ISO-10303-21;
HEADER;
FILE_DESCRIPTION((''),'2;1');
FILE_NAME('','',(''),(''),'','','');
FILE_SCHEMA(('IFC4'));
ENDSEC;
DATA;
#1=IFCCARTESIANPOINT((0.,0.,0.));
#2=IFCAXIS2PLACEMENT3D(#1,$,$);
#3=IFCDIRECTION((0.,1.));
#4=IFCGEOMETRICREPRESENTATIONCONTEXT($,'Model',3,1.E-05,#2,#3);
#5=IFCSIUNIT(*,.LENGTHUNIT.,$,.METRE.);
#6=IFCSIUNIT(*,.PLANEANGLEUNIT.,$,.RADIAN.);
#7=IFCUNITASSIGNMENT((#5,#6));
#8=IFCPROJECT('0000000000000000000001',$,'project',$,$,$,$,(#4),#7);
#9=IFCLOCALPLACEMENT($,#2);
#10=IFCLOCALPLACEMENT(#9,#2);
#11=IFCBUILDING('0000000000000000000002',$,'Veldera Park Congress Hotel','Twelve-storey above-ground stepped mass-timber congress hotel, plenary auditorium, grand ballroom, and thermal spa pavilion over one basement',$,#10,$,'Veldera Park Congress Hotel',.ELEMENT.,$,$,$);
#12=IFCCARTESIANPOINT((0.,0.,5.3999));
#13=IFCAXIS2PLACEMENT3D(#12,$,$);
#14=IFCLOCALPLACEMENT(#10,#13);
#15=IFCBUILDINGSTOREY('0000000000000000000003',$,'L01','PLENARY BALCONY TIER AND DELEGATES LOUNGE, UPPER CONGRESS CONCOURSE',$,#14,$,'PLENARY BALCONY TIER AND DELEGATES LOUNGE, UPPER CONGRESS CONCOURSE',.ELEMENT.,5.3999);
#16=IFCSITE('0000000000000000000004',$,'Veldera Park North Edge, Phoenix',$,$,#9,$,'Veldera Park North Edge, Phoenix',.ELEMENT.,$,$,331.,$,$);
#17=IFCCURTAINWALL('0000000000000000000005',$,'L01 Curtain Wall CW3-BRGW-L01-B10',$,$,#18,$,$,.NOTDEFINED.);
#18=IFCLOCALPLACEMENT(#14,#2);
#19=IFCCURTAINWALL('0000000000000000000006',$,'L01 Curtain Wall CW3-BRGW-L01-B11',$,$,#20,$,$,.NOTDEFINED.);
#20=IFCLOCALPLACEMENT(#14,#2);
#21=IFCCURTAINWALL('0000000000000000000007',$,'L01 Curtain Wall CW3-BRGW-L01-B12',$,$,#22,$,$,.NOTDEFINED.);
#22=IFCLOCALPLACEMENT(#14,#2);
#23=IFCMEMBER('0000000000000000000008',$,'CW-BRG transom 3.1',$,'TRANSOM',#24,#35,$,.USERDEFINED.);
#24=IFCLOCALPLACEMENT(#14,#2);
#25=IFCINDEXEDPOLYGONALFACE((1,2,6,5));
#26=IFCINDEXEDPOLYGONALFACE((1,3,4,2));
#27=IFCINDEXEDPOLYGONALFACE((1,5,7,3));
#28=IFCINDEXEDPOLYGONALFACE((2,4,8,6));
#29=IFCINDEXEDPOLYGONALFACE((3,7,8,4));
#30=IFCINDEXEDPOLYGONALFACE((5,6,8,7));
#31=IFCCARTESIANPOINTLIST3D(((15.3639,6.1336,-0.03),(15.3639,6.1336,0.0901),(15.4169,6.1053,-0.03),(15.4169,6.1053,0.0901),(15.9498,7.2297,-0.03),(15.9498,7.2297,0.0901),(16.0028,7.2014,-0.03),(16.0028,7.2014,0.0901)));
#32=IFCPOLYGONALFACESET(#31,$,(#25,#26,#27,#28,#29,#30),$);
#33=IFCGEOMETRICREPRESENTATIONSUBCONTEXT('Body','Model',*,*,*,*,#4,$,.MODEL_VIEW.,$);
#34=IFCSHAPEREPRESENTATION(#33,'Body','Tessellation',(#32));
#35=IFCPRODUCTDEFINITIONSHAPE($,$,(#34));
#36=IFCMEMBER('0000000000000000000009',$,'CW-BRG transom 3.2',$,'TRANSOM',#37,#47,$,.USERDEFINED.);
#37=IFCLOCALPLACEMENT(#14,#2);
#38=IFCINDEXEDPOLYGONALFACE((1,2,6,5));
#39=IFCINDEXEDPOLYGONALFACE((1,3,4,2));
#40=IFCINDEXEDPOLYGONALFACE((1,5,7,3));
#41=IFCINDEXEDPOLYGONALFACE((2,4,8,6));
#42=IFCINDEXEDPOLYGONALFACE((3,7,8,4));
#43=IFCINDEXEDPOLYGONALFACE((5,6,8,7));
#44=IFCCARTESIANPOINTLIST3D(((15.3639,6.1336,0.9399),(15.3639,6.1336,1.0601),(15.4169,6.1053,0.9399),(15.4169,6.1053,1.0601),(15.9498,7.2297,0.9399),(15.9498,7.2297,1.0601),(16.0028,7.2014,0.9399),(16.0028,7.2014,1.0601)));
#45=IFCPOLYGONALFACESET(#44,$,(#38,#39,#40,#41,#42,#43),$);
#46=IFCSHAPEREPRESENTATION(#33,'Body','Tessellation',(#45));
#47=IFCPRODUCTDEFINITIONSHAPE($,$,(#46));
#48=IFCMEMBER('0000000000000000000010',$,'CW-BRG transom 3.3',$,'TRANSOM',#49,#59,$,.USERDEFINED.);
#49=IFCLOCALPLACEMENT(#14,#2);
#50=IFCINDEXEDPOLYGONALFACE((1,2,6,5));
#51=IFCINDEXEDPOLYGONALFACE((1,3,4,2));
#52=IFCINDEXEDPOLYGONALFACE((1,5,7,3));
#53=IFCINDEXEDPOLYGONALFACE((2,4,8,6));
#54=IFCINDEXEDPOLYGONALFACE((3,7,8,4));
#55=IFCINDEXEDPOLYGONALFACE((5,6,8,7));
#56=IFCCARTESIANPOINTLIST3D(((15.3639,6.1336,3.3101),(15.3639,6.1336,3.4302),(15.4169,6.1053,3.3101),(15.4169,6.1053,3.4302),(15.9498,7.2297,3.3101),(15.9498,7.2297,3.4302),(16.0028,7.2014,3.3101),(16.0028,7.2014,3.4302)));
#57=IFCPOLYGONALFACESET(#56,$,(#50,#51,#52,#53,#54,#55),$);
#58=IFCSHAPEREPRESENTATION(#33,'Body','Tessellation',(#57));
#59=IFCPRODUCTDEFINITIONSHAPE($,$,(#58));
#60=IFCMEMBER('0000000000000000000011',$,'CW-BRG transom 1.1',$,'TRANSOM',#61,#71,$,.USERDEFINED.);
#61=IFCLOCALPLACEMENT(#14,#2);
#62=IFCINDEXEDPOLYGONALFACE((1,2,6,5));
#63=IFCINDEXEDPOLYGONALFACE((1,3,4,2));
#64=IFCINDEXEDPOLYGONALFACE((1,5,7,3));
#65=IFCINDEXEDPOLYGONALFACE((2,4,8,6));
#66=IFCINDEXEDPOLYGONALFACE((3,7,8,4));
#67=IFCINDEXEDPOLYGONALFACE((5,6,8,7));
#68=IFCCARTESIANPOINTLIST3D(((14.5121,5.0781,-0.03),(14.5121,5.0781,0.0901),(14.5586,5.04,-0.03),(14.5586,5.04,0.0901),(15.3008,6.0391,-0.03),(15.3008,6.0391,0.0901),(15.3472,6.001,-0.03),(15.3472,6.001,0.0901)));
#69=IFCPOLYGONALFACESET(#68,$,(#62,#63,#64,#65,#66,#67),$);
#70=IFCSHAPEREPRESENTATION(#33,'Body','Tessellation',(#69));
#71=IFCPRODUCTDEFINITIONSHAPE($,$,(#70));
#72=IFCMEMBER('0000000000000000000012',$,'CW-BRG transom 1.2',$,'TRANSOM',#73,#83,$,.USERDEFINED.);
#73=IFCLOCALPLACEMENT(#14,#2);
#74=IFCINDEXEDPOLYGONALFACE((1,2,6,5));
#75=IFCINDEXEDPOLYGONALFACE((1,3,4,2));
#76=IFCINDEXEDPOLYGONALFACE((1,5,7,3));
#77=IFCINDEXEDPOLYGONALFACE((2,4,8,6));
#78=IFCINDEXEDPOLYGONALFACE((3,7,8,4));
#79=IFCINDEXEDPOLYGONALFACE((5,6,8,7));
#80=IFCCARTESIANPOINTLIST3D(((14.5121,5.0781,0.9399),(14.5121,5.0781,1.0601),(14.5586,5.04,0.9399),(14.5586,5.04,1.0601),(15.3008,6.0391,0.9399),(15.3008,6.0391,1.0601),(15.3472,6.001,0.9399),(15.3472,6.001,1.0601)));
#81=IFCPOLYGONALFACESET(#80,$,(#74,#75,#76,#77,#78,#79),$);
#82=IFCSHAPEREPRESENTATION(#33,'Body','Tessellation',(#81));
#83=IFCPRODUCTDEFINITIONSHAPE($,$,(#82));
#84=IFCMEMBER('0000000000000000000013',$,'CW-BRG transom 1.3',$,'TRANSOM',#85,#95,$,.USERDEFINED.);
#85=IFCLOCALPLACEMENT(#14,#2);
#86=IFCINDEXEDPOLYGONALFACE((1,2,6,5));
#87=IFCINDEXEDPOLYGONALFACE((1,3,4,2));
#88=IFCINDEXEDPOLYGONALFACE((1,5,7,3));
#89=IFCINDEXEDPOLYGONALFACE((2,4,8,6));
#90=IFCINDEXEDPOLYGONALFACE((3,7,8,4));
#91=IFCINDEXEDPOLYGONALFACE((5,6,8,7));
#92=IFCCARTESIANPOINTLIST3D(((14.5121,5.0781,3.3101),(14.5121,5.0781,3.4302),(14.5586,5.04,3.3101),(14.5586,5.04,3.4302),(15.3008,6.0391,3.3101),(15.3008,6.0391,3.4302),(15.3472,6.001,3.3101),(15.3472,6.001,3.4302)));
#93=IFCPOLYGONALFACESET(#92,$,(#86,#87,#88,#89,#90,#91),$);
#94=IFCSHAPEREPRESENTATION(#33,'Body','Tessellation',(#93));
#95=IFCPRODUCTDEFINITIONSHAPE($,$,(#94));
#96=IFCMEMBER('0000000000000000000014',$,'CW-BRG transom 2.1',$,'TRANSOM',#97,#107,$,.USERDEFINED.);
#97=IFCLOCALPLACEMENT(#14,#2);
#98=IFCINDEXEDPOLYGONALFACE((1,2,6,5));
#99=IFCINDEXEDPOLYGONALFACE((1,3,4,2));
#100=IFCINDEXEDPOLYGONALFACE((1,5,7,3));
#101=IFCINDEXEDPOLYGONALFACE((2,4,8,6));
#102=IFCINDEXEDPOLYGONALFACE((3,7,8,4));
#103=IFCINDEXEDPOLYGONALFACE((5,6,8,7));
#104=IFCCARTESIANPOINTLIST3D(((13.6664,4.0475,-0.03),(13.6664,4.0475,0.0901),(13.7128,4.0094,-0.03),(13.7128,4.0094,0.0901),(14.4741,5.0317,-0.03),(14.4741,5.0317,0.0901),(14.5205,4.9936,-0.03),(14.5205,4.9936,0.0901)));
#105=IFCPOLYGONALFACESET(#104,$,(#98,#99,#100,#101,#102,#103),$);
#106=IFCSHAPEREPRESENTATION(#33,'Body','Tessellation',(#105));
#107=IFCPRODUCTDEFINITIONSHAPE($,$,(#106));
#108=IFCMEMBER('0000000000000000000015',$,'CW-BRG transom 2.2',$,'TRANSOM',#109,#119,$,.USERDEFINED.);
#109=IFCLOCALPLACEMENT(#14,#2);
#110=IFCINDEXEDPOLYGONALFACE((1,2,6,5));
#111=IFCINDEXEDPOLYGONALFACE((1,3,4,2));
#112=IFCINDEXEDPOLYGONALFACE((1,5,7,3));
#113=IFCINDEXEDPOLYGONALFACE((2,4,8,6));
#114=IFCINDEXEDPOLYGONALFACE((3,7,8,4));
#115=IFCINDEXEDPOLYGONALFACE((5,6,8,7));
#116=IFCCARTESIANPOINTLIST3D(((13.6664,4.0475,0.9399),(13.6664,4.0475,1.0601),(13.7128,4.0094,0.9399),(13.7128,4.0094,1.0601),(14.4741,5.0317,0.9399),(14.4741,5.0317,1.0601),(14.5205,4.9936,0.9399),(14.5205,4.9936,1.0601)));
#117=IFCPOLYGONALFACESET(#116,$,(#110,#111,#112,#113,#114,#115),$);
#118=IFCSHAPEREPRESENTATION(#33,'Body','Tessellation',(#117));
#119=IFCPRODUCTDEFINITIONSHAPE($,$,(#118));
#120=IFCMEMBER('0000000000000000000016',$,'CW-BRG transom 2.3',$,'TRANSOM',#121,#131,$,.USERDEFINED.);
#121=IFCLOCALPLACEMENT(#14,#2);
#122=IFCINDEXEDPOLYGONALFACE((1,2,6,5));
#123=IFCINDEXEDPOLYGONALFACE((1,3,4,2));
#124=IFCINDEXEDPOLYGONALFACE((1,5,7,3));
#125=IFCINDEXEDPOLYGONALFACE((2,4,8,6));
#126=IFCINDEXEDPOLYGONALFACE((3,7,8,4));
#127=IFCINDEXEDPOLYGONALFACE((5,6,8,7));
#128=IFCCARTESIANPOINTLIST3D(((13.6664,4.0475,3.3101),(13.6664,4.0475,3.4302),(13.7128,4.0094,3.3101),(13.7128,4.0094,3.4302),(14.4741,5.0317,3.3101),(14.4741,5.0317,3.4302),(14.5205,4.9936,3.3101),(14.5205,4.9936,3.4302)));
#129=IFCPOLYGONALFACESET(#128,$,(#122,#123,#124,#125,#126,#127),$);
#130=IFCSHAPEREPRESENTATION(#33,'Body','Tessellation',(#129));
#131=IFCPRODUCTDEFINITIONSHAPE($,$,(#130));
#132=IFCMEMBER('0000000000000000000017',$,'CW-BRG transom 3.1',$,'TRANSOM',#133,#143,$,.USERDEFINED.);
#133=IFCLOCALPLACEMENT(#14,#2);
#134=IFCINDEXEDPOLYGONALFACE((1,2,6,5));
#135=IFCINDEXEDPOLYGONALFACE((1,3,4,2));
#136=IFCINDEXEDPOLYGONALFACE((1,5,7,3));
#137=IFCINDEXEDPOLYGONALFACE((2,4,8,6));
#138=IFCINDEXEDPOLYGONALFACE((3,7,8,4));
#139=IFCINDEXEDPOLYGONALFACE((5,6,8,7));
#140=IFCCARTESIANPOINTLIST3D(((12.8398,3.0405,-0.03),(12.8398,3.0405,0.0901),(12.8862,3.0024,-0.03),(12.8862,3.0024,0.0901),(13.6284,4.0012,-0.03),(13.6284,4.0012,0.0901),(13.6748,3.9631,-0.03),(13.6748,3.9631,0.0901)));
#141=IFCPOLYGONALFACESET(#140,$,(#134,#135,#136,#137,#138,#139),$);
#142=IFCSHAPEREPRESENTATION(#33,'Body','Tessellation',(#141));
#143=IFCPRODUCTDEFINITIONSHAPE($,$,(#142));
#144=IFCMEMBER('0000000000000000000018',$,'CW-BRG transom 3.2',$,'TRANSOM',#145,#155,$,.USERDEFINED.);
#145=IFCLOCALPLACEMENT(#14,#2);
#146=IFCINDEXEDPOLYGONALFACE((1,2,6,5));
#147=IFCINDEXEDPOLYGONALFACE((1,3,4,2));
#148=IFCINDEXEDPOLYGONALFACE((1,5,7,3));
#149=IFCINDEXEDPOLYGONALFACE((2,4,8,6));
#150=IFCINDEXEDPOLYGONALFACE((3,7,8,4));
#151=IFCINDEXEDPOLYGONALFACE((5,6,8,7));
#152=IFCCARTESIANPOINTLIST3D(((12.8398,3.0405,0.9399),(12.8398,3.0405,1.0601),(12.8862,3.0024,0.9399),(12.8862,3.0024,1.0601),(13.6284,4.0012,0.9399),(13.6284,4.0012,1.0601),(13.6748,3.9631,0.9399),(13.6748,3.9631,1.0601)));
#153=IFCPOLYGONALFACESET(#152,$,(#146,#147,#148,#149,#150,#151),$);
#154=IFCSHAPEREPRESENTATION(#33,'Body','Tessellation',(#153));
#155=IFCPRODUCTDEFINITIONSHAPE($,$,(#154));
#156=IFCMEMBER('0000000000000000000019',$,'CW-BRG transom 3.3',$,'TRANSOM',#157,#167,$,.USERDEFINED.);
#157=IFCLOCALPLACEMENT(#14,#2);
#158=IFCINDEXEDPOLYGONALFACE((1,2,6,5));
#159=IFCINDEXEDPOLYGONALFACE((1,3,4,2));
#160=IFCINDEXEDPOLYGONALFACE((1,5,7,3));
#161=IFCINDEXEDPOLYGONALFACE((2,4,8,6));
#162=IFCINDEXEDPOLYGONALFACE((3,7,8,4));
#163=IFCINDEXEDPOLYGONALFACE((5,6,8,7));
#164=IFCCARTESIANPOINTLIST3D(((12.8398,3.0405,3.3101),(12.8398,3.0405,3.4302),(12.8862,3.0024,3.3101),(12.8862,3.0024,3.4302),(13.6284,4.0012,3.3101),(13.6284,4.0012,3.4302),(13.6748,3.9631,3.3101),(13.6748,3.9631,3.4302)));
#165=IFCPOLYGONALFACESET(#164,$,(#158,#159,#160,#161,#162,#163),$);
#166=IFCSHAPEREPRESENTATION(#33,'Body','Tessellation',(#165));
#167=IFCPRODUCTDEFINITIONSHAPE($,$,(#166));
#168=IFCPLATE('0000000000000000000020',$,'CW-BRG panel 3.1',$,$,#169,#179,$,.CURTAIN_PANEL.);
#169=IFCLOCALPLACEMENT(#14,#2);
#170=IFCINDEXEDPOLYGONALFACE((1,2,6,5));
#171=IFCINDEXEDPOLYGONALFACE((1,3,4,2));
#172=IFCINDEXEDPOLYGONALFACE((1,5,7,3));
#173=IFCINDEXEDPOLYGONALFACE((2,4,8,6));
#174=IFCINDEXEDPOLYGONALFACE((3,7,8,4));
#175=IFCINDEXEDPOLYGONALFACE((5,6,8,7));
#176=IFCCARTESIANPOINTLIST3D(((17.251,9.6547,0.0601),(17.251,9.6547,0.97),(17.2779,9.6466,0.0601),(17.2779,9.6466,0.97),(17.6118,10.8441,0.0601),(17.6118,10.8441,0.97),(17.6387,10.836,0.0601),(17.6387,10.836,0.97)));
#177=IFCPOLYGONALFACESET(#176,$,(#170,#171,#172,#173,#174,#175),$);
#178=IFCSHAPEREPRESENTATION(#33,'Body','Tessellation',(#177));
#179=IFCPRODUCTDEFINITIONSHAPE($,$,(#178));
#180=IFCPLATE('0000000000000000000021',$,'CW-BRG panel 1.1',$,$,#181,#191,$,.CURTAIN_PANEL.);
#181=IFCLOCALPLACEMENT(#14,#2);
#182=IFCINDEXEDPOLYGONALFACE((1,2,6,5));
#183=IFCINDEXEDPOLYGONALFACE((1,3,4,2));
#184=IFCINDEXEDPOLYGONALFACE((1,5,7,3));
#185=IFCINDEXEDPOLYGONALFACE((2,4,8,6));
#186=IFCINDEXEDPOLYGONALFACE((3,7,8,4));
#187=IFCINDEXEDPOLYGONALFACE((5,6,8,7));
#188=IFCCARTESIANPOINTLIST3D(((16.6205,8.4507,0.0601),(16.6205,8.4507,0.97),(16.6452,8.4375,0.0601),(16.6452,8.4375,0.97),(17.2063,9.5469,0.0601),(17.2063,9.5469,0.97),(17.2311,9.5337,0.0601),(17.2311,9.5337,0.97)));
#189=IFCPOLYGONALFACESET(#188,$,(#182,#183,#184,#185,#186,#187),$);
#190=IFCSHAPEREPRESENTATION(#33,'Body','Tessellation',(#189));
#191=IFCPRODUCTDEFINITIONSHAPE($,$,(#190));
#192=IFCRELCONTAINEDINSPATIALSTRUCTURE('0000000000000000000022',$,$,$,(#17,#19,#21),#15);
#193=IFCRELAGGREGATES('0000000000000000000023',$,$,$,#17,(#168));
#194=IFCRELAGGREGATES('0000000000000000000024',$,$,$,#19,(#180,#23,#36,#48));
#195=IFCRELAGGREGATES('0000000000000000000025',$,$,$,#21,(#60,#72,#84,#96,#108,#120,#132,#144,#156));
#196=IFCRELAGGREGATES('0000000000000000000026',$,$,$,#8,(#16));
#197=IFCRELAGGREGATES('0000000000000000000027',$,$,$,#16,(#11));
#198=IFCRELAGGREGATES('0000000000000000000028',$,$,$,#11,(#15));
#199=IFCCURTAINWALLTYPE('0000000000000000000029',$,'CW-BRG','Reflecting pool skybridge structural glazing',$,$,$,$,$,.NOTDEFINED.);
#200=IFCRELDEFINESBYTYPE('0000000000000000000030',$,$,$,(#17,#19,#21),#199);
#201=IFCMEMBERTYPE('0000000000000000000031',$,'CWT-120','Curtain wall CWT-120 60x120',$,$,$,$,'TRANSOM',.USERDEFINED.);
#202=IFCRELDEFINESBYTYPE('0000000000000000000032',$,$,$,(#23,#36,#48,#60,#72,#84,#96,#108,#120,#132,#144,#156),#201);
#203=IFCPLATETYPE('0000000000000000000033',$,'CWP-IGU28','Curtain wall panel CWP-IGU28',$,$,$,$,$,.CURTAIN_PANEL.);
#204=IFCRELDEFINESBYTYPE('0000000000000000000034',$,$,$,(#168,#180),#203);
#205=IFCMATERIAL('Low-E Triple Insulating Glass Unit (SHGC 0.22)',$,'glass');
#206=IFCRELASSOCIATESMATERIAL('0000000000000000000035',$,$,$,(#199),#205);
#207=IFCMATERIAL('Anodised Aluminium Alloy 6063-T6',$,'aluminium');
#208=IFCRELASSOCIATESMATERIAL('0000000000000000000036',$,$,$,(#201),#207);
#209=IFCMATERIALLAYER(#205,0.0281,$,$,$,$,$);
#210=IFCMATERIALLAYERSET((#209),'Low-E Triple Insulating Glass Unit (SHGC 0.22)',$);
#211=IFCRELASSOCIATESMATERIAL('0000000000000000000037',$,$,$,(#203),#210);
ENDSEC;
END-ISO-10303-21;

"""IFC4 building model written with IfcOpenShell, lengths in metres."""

from ifc_helpers import new_model, si_unit, direction, frame, origin, origin_2d, place, context, subcontext, project, spatial, rectangle, extrude, material, layer, layer_set, material_profile, profile_set, type_object, element, aggregate, save


model = new_model("IFC4")

# Units and contexts
model_context = context("Model", 3, precision=1e-05, world=origin(), true_north=direction((0.0, 1.0)))
body_context = subcontext(model_context, "Body", "Model", "MODEL_VIEW")
ifc_project = project(units=[si_unit("LENGTHUNIT", "METRE"), si_unit("PLANEANGLEUNIT", "RADIAN")], contexts=[model_context])

# Site, building, storey
site_placement = place(None, origin())
site = spatial("IfcSite", under=ifc_project, at=site_placement, Name="Veldera Park North Edge, Phoenix", LongName="Veldera Park North Edge, Phoenix", CompositionType="ELEMENT", RefElevation=331.0)
building_placement = place(site_placement, origin())
building = spatial("IfcBuilding", under=site, at=building_placement, Name="Veldera Park Congress Hotel", Description="Twelve-storey above-ground stepped mass-timber congress hotel, plenary auditorium, grand ballroom, and thermal spa pavilion over one basement", LongName="Veldera Park Congress Hotel", CompositionType="ELEMENT")
storey_placement = place(building_placement, frame((0.0, 0.0, 5.3999)))
storey = spatial("IfcBuildingStorey", under=building, at=storey_placement, Name="L01", Description="PLENARY BALCONY TIER AND DELEGATES LOUNGE, UPPER CONGRESS CONCOURSE", LongName="PLENARY BALCONY TIER AND DELEGATES LOUNGE, UPPER CONGRESS CONCOURSE", CompositionType="ELEMENT", Elevation=5.3999)

# Curtain wall
ifc_material_1 = material(Name="Low-E Triple Insulating Glass Unit (SHGC 0.22)", Category="glass")
curtain_wall_type = type_object("IfcCurtainWallType", Name="CW-BRG", Description="Reflecting pool skybridge structural glazing", PredefinedType="NOTDEFINED", material=ifc_material_1)
curtain_wall_1_placement = place(storey_placement, origin())
curtain_wall_1 = element("IfcCurtainWall", 1, at=curtain_wall_1_placement, inside=storey, type_object=curtain_wall_type, Name="L01 Curtain Wall CW3-BRGW-L01-B10", PredefinedType="NOTDEFINED")
ifc_material_2 = material(Name="Anodised Aluminium Alloy 6063-T6", Category="aluminium")

# Curtain walls
curtain_wall_2_placement = place(storey_placement, origin())
curtain_wall_2 = element("IfcCurtainWall", 2, at=curtain_wall_2_placement, inside=storey, type_object=curtain_wall_type, Name="L01 Curtain Wall CW3-BRGW-L01-B11", PredefinedType="NOTDEFINED")
curtain_wall_3_placement = place(storey_placement, origin())
curtain_wall_3 = element("IfcCurtainWall", 3, at=curtain_wall_3_placement, inside=storey, type_object=curtain_wall_type, Name="L01 Curtain Wall CW3-BRGW-L01-B12", PredefinedType="NOTDEFINED")

# Members
ifc_material_profile_1 = material_profile(ifc_material_2, rectangle(XDim=0.0601, YDim=0.1201, at=origin_2d()), Name="ALU 60x120")
ifc_profile_set_1 = profile_set([ifc_material_profile_1], Name="Anodised Aluminium Alloy 6063-T6")
member_type_1 = type_object("IfcMemberType", Name="CWT-120", Description="Curtain wall CWT-120 60x120", ElementType="TRANSOM", PredefinedType="USERDEFINED", material=ifc_profile_set_1)
member_1_placement = place(storey_placement, frame((15.9763, 7.2156, 0.03), z_axis=(-0.471404, -0.881918, 0.0), x_axis=(0.881918, -0.471404, 0.0)))
member_1 = element("IfcMember", 4, at=member_1_placement, type_object=member_type_1, Name="CW-BRG transom 3.1", ObjectType="TRANSOM", PredefinedType="USERDEFINED", context=body_context, shape_type="SweptSolid", body=[
    extrude(rectangle(XDim=0.0601, YDim=0.1201, at=origin_2d()), origin(), (0.0, 0.0, 1.0), 1.2429),
])
member_2_placement = place(storey_placement, frame((15.9763, 7.2156, 1.0), z_axis=(-0.471404, -0.881918, 0.0), x_axis=(0.881918, -0.471404, 0.0)))
member_2 = element("IfcMember", 5, at=member_2_placement, type_object=member_type_1, Name="CW-BRG transom 3.2", ObjectType="TRANSOM", PredefinedType="USERDEFINED", context=body_context, shape_type="SweptSolid", body=[
    extrude(rectangle(XDim=0.0601, YDim=0.1201, at=origin_2d()), origin(), (0.0, 0.0, 1.0), 1.2429),
])
member_3_placement = place(storey_placement, frame((15.9763, 7.2156, 3.3701), z_axis=(-0.471404, -0.881918, 0.0), x_axis=(0.881918, -0.471404, 0.0)))
member_3 = element("IfcMember", 6, at=member_3_placement, type_object=member_type_1, Name="CW-BRG transom 3.3", ObjectType="TRANSOM", PredefinedType="USERDEFINED", context=body_context, shape_type="SweptSolid", body=[
    extrude(rectangle(XDim=0.0601, YDim=0.1201, at=origin_2d()), origin(), (0.0, 0.0, 1.0), 1.2429),
])
member_4_placement = place(storey_placement, frame((15.324, 6.02, 0.03), z_axis=(-0.634371, -0.773029, 0.0), x_axis=(0.773029, -0.634371, 0.0)))
member_4 = element("IfcMember", 7, at=member_4_placement, type_object=member_type_1, Name="CW-BRG transom 1.1", ObjectType="TRANSOM", PredefinedType="USERDEFINED", context=body_context, shape_type="SweptSolid", body=[
    extrude(rectangle(XDim=0.0601, YDim=0.1201, at=origin_2d()), origin(), (0.0, 0.0, 1.0), 1.2432),
])
member_5_placement = place(storey_placement, frame((15.324, 6.02, 1.0), z_axis=(-0.634371, -0.773029, 0.0), x_axis=(0.773029, -0.634371, 0.0)))
member_5 = element("IfcMember", 8, at=member_5_placement, type_object=member_type_1, Name="CW-BRG transom 1.2", ObjectType="TRANSOM", PredefinedType="USERDEFINED", context=body_context, shape_type="SweptSolid", body=[
    extrude(rectangle(XDim=0.0601, YDim=0.1201, at=origin_2d()), origin(), (0.0, 0.0, 1.0), 1.2432),
])
member_6_placement = place(storey_placement, frame((15.324, 6.02, 3.3701), z_axis=(-0.634371, -0.773029, 0.0), x_axis=(0.773029, -0.634371, 0.0)))
member_6 = element("IfcMember", 9, at=member_6_placement, type_object=member_type_1, Name="CW-BRG transom 1.3", ObjectType="TRANSOM", PredefinedType="USERDEFINED", context=body_context, shape_type="SweptSolid", body=[
    extrude(rectangle(XDim=0.0601, YDim=0.1201, at=origin_2d()), origin(), (0.0, 0.0, 1.0), 1.2432),
])
member_7_placement = place(storey_placement, frame((14.4973, 5.0127, 0.03), z_axis=(-0.634375, -0.773025, 0.0), x_axis=(0.773025, -0.634375, 0.0)))
member_7 = element("IfcMember", 10, at=member_7_placement, type_object=member_type_1, Name="CW-BRG transom 2.1", ObjectType="TRANSOM", PredefinedType="USERDEFINED", context=body_context, shape_type="SweptSolid", body=[
    extrude(rectangle(XDim=0.0601, YDim=0.1201, at=origin_2d()), origin(), (0.0, 0.0, 1.0), 1.2732),
])
member_8_placement = place(storey_placement, frame((14.4973, 5.0127, 1.0), z_axis=(-0.634375, -0.773025, 0.0), x_axis=(0.773025, -0.634375, 0.0)))
member_8 = element("IfcMember", 11, at=member_8_placement, type_object=member_type_1, Name="CW-BRG transom 2.2", ObjectType="TRANSOM", PredefinedType="USERDEFINED", context=body_context, shape_type="SweptSolid", body=[
    extrude(rectangle(XDim=0.0601, YDim=0.1201, at=origin_2d()), origin(), (0.0, 0.0, 1.0), 1.2732),
])
member_9_placement = place(storey_placement, frame((14.4973, 5.0127, 3.3701), z_axis=(-0.634375, -0.773025, 0.0), x_axis=(0.773025, -0.634375, 0.0)))
member_9 = element("IfcMember", 12, at=member_9_placement, type_object=member_type_1, Name="CW-BRG transom 2.3", ObjectType="TRANSOM", PredefinedType="USERDEFINED", context=body_context, shape_type="SweptSolid", body=[
    extrude(rectangle(XDim=0.0601, YDim=0.1201, at=origin_2d()), origin(), (0.0, 0.0, 1.0), 1.2732),
])
member_10_placement = place(storey_placement, frame((13.6516, 3.9822, 0.03), z_axis=(-0.634467, -0.77295, 0.0), x_axis=(0.77295, -0.634467, 0.0)))
member_10 = element("IfcMember", 13, at=member_10_placement, type_object=member_type_1, Name="CW-BRG transom 3.1", ObjectType="TRANSOM", PredefinedType="USERDEFINED", context=body_context, shape_type="SweptSolid", body=[
    extrude(rectangle(XDim=0.0601, YDim=0.1201, at=origin_2d()), origin(), (0.0, 0.0, 1.0), 1.2429),
])
member_11_placement = place(storey_placement, frame((13.6516, 3.9822, 1.0), z_axis=(-0.634467, -0.77295, 0.0), x_axis=(0.77295, -0.634467, 0.0)))
member_11 = element("IfcMember", 14, at=member_11_placement, type_object=member_type_1, Name="CW-BRG transom 3.2", ObjectType="TRANSOM", PredefinedType="USERDEFINED", context=body_context, shape_type="SweptSolid", body=[
    extrude(rectangle(XDim=0.0601, YDim=0.1201, at=origin_2d()), origin(), (0.0, 0.0, 1.0), 1.2429),
])
member_12_placement = place(storey_placement, frame((13.6516, 3.9822, 3.3701), z_axis=(-0.634467, -0.77295, 0.0), x_axis=(0.77295, -0.634467, 0.0)))
member_12 = element("IfcMember", 15, at=member_12_placement, type_object=member_type_1, Name="CW-BRG transom 3.3", ObjectType="TRANSOM", PredefinedType="USERDEFINED", context=body_context, shape_type="SweptSolid", body=[
    extrude(rectangle(XDim=0.0601, YDim=0.1201, at=origin_2d()), origin(), (0.0, 0.0, 1.0), 1.2429),
])

# Plates
ifc_layer = layer(ifc_material_1, 0.0281)
ifc_layer_set = layer_set([ifc_layer], Name="Low-E Triple Insulating Glass Unit (SHGC 0.22)")
plate_type = type_object("IfcPlateType", Name="CWP-IGU28", Description="Curtain wall panel CWP-IGU28", PredefinedType="CURTAIN_PANEL", material=ifc_layer_set)
plate_1_placement = place(storey_placement, frame((17.4448, 10.2454, 0.0601), z_axis=(0.0, 0.0, 1.0), x_axis=(-0.29029, -0.956939, 0.0)))
plate_1 = element("IfcPlate", 16, at=plate_1_placement, type_object=plate_type, Name="CW-BRG panel 3.1", PredefinedType="CURTAIN_PANEL", context=body_context, shape_type="SweptSolid", body=[
    extrude(rectangle(XDim=1.2429, YDim=0.0281, at=origin_2d()), origin(), (0.0, 0.0, 1.0), 0.9099),
])
aggregate(curtain_wall_1, [plate_1])
plate_2_placement = place(storey_placement, frame((16.9258, 8.9922, 0.0601), z_axis=(0.0, 0.0, 1.0), x_axis=(-0.471384, -0.881928, 0.0)))
plate_2 = element("IfcPlate", 17, at=plate_2_placement, type_object=plate_type, Name="CW-BRG panel 1.1", PredefinedType="CURTAIN_PANEL", context=body_context, shape_type="SweptSolid", body=[
    extrude(rectangle(XDim=1.2429, YDim=0.0281, at=origin_2d()), origin(), (0.0, 0.0, 1.0), 0.9099),
])
aggregate(curtain_wall_2, [plate_2, member_1, member_2, member_3])
aggregate(curtain_wall_3, [member_4, member_5, member_6, member_7, member_8, member_9, member_10, member_11, member_12])

save(model, "model.ifc")
